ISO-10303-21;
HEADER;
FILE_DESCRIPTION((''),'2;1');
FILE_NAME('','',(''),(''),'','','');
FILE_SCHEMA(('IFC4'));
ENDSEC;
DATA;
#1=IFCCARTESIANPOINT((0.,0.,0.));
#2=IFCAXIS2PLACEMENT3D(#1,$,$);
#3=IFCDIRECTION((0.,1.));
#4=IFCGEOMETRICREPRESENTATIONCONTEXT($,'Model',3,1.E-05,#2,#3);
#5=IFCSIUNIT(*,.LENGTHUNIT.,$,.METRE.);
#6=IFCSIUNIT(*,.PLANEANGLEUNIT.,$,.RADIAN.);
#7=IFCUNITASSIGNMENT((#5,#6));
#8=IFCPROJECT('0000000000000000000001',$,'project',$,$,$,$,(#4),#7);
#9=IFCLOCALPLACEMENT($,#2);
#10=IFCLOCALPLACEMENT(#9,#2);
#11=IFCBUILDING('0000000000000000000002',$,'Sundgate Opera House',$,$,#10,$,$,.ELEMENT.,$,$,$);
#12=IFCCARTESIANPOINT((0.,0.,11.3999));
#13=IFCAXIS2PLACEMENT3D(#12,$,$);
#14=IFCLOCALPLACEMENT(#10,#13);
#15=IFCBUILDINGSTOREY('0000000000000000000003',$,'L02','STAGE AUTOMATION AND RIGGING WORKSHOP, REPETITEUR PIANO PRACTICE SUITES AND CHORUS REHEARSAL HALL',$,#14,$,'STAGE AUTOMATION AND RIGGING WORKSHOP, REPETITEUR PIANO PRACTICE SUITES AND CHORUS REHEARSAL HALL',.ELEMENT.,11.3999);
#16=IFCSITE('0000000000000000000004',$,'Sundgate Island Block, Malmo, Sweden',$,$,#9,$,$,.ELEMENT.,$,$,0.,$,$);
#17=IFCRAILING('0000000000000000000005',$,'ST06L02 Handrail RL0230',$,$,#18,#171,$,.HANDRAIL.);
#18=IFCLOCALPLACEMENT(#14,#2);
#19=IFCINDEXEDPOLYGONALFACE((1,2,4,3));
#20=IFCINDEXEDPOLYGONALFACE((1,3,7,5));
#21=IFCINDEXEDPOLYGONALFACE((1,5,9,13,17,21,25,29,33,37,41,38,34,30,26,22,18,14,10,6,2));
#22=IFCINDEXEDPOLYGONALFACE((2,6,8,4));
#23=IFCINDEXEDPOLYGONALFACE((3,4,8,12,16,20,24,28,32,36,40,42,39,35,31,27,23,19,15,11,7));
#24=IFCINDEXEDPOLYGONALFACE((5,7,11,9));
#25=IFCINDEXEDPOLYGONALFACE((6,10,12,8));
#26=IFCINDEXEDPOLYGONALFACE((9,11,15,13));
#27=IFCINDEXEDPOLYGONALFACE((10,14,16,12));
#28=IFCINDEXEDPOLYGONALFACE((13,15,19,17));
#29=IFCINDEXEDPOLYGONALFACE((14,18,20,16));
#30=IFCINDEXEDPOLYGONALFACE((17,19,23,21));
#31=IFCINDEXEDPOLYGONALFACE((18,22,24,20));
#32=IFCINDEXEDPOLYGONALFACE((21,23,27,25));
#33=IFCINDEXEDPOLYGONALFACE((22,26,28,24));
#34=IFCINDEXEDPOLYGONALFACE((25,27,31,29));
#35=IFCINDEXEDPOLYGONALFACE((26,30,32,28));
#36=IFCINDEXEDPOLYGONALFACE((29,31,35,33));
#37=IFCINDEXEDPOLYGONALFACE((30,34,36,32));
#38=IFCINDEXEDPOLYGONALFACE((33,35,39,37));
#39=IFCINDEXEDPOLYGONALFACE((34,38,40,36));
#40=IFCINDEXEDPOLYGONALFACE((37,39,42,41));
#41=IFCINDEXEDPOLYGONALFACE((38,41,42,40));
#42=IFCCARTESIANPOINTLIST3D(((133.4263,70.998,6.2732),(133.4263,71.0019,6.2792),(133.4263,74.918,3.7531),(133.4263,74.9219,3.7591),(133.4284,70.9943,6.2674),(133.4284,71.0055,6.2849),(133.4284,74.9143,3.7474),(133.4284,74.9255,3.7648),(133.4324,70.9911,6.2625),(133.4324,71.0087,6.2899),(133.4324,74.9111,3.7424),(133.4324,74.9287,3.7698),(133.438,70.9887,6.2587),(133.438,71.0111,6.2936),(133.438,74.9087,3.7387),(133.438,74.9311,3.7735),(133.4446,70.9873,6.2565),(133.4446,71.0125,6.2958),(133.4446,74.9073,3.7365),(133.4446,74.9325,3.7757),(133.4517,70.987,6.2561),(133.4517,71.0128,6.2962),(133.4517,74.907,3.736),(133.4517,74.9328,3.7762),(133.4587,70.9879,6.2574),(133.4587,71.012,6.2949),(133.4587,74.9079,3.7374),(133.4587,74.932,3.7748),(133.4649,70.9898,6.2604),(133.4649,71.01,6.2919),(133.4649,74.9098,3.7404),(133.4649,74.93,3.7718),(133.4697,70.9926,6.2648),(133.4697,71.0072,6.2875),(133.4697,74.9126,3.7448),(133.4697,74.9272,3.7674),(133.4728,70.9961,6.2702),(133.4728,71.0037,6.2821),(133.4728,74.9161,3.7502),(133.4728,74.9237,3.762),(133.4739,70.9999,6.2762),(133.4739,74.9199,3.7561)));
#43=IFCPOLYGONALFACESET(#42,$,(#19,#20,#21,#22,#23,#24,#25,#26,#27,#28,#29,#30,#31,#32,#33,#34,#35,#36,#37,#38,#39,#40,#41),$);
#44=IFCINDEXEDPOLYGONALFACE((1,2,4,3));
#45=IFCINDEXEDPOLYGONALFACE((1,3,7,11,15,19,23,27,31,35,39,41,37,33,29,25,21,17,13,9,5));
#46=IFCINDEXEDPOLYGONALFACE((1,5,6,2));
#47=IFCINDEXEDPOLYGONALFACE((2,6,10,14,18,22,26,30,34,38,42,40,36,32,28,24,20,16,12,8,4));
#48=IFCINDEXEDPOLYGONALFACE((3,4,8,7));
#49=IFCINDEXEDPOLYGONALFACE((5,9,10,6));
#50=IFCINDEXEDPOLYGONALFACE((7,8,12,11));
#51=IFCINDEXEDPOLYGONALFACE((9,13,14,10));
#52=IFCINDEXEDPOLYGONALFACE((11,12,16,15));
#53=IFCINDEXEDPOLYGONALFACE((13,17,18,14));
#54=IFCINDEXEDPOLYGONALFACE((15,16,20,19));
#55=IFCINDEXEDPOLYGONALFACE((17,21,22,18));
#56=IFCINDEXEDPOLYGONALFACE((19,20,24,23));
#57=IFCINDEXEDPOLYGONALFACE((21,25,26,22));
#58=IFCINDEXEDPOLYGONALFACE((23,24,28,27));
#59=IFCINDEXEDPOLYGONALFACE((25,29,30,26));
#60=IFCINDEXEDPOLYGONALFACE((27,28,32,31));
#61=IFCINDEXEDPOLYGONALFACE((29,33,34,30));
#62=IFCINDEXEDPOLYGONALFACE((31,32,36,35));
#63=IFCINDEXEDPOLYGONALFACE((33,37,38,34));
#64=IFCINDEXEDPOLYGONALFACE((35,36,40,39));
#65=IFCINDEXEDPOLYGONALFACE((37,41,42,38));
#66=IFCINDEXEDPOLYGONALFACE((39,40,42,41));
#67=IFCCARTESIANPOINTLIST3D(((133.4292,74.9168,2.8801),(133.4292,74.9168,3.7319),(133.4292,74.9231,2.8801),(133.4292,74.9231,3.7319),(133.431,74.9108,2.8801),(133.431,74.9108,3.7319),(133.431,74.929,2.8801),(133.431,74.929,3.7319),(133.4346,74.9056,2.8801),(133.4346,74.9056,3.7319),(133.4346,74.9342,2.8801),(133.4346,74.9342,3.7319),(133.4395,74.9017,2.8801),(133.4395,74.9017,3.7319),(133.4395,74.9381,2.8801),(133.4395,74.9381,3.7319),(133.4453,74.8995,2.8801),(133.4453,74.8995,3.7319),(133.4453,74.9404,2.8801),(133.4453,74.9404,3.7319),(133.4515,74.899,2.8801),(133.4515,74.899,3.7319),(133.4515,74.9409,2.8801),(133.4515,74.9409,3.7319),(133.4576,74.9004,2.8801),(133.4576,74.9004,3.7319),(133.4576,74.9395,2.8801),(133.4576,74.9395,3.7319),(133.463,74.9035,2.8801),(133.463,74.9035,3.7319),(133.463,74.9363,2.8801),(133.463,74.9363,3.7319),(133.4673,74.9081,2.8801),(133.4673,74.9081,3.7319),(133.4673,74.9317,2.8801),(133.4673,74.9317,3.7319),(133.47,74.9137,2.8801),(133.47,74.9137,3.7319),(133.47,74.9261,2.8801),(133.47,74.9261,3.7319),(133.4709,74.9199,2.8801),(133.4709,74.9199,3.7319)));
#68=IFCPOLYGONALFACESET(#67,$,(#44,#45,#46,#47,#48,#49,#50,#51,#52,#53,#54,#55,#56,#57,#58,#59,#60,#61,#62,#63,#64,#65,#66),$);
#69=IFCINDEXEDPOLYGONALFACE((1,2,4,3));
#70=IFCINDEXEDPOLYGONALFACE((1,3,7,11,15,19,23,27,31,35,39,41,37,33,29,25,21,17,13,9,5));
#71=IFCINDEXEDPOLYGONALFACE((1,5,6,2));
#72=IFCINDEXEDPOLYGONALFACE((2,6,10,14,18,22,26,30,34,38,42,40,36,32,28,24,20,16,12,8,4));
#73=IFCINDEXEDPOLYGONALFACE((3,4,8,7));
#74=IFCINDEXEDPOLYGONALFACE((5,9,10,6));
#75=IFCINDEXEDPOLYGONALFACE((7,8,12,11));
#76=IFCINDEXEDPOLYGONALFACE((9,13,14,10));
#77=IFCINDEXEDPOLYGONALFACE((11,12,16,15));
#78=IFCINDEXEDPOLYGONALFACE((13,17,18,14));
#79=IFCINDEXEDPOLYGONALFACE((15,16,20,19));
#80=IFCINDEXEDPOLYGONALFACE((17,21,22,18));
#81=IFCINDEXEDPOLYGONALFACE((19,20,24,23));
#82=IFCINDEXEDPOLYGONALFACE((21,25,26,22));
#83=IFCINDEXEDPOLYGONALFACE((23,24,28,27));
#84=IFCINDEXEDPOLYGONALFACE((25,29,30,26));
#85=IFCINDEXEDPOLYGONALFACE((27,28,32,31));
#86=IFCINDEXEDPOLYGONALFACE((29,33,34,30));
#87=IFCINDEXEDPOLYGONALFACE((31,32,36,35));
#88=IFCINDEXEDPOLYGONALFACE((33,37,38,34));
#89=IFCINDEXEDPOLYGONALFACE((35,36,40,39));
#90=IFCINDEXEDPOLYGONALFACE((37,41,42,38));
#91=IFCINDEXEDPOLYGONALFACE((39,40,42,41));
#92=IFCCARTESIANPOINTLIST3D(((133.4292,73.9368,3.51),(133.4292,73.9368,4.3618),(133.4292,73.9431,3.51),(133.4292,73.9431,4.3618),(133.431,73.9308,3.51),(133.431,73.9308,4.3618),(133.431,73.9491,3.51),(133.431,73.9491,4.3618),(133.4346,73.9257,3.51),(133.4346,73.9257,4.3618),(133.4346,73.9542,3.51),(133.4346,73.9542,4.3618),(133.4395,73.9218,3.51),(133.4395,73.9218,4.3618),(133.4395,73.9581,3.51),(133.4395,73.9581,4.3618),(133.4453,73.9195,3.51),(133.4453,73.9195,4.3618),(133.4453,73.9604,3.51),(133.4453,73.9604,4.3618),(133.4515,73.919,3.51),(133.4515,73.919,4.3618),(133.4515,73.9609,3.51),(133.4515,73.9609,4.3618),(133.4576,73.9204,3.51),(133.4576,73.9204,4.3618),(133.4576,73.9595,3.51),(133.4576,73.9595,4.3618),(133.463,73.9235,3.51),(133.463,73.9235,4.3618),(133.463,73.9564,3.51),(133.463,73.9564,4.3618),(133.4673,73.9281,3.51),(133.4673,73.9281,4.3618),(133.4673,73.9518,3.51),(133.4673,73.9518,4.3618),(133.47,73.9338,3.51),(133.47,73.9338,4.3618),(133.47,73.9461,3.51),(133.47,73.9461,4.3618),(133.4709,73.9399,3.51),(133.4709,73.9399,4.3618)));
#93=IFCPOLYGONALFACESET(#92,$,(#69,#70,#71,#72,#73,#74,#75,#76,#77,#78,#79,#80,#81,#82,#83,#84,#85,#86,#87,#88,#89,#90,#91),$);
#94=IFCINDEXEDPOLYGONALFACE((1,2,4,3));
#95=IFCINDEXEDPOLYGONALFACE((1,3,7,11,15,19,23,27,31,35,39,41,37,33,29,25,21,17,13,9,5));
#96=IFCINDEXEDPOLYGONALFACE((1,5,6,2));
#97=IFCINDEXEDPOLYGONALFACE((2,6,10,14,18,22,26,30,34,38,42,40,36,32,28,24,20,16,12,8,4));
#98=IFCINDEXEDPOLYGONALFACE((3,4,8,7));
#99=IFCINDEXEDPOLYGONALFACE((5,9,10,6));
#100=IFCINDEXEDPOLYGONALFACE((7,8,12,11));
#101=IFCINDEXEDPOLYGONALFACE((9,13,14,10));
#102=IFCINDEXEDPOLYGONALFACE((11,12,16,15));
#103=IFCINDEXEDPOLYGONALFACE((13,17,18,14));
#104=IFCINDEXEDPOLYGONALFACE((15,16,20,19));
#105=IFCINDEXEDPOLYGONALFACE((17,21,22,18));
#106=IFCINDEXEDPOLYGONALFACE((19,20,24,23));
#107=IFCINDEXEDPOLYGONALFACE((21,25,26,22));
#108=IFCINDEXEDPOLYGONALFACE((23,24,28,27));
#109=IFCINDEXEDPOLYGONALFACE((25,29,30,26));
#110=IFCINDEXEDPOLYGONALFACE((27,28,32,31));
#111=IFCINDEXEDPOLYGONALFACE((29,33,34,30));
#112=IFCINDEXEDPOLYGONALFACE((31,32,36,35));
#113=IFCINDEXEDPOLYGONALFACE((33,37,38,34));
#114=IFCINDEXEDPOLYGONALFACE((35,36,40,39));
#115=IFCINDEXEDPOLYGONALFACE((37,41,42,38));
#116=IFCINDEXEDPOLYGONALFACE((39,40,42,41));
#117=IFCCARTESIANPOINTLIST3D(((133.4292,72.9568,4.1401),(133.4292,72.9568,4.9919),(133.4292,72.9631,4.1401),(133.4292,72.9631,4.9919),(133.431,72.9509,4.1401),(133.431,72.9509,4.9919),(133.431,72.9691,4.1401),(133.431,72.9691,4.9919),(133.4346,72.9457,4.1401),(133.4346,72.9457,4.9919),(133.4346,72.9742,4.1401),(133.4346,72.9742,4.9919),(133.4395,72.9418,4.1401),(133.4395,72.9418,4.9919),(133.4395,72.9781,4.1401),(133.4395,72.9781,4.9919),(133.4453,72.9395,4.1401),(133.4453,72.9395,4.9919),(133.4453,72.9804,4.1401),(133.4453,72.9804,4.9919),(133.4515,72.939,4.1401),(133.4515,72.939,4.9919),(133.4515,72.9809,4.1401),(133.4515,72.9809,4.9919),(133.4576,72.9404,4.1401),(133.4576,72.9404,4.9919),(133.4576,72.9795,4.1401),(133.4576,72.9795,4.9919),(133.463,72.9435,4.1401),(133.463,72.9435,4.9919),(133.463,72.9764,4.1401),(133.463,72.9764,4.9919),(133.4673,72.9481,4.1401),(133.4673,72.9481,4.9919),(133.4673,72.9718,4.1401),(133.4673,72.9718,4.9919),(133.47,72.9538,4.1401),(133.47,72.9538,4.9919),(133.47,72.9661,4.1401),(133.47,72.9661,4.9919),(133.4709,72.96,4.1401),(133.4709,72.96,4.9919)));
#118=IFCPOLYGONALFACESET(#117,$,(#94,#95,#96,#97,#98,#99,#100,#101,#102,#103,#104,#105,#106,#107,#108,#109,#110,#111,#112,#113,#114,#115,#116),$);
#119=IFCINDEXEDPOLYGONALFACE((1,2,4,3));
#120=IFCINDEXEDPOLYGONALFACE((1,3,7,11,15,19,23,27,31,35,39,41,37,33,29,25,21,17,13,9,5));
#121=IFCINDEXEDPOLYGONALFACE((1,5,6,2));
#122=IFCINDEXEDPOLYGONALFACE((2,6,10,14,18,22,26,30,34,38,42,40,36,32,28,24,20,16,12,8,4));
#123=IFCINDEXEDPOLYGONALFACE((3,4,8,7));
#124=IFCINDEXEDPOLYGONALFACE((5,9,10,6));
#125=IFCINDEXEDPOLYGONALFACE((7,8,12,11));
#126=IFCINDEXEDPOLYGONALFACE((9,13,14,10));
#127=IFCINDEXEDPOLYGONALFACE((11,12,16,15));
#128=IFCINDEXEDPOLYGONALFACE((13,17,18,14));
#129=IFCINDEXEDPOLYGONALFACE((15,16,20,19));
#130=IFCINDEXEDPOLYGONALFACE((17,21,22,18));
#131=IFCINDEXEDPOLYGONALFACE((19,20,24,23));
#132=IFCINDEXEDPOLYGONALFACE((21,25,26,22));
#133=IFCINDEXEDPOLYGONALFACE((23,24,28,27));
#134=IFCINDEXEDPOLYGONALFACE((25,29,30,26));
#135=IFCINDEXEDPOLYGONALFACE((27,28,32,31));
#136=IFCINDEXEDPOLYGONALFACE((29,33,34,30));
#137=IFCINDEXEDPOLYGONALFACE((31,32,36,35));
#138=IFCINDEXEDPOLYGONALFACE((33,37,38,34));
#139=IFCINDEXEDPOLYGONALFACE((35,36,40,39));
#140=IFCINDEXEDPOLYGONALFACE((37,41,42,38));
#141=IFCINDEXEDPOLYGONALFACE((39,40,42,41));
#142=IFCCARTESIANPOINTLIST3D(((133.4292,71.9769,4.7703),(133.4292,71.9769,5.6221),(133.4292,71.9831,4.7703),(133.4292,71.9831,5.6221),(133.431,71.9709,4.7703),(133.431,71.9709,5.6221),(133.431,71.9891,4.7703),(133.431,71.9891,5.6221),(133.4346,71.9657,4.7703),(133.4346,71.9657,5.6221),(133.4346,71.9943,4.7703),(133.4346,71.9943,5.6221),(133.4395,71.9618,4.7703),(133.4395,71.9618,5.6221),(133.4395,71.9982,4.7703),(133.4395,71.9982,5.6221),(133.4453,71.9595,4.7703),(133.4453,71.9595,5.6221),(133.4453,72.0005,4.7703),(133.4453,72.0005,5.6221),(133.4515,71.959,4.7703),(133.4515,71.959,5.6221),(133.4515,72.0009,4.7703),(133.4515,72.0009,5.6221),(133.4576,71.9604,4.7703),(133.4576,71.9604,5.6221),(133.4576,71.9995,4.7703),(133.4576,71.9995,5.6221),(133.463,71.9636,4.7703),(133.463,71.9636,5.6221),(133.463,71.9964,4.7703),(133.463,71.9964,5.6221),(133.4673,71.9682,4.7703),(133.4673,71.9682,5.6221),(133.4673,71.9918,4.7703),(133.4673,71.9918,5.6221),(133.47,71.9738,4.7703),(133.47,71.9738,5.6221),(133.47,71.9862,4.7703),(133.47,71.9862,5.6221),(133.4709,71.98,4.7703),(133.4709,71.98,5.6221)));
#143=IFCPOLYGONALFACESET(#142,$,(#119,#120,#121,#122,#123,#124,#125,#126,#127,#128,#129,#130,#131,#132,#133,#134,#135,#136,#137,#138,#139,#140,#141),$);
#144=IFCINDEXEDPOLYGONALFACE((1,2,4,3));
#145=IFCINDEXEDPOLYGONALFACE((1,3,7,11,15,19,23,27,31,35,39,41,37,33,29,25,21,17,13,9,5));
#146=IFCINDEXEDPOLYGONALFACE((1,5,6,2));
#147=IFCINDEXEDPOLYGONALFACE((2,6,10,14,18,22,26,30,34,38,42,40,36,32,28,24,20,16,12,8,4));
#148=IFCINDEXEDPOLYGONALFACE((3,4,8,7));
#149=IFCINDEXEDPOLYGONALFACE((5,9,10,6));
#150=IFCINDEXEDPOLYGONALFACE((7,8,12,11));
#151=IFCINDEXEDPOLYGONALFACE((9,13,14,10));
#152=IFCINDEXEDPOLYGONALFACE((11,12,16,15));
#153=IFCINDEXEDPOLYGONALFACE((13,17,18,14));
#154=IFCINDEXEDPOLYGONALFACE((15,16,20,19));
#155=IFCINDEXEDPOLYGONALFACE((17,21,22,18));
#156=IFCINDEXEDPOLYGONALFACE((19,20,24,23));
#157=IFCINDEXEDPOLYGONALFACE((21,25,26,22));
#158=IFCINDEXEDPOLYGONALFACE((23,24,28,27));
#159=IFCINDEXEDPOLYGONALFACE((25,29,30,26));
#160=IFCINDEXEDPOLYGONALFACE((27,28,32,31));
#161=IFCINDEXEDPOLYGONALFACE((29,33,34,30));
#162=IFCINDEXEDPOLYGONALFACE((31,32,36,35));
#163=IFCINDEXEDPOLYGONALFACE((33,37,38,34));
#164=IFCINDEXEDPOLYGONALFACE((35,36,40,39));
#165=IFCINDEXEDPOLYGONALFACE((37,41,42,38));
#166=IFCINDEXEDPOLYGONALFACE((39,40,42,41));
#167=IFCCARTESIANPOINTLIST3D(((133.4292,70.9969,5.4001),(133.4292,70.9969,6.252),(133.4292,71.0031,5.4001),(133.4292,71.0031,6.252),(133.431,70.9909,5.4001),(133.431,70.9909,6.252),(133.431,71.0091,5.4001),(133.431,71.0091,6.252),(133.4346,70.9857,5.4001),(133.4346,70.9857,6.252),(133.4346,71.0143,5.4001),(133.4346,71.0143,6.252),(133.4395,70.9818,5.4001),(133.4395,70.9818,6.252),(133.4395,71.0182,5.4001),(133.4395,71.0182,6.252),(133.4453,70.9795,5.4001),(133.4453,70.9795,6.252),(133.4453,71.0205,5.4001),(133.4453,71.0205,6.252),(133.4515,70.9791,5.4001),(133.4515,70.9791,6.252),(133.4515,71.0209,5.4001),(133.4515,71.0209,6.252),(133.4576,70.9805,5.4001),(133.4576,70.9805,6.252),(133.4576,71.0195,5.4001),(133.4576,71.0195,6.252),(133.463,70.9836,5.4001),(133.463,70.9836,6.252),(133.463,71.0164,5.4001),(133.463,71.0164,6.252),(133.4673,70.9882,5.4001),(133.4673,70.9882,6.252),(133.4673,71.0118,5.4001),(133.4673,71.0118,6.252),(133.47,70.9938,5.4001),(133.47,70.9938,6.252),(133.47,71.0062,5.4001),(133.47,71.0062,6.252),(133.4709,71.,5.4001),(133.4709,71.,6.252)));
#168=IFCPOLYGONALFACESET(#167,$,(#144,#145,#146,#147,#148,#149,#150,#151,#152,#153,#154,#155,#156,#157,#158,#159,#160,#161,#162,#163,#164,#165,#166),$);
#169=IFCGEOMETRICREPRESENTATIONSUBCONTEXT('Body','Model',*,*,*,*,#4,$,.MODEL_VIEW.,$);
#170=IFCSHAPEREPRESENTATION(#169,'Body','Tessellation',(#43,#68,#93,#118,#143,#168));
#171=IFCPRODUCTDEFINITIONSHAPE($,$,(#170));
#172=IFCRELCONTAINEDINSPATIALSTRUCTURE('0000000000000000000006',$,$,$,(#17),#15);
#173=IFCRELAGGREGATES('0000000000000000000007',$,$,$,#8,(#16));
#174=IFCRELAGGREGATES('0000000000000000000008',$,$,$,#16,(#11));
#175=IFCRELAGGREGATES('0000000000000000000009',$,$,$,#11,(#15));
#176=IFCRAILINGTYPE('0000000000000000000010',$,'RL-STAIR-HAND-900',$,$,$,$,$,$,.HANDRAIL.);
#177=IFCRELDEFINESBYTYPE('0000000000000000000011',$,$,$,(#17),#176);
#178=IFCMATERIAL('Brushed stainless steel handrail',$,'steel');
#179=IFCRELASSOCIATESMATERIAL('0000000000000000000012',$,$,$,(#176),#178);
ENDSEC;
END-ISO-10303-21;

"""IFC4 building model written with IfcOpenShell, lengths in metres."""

from ifc_helpers import new_model, si_unit, direction, frame, origin, origin_2d, place, context, subcontext, project, spatial, circle, extrude, material, type_object, element, save


model = new_model("IFC4")

# Units and contexts
model_context = context("Model", 3, precision=1e-05, world=origin(), true_north=direction((0.0, 1.0)))
body_context = subcontext(model_context, "Body", "Model", "MODEL_VIEW")
ifc_project = project(units=[si_unit("LENGTHUNIT", "METRE"), si_unit("PLANEANGLEUNIT", "RADIAN")], contexts=[model_context])

# Site, building, storey
site_placement = place(None, origin())
site = spatial("IfcSite", under=ifc_project, at=site_placement, Name="Sundgate Island Block, Malmo, Sweden", CompositionType="ELEMENT", RefElevation=0.0)
building_placement = place(site_placement, origin())
building = spatial("IfcBuilding", under=site, at=building_placement, Name="Sundgate Opera House", CompositionType="ELEMENT")
storey_placement = place(building_placement, frame((0.0, 0.0, 11.3999)))
storey = spatial("IfcBuildingStorey", under=building, at=storey_placement, Name="L02", Description="STAGE AUTOMATION AND RIGGING WORKSHOP, REPETITEUR PIANO PRACTICE SUITES AND CHORUS REHEARSAL HALL", LongName="STAGE AUTOMATION AND RIGGING WORKSHOP, REPETITEUR PIANO PRACTICE SUITES AND CHORUS REHEARSAL HALL", CompositionType="ELEMENT", Elevation=11.3999)

# Railing
ifc_material_1 = material(Name="Brushed stainless steel handrail", Category="steel")
railing_type_1 = type_object("IfcRailingType", Name="RL-STAIR-HAND-900", PredefinedType="HANDRAIL", material=ifc_material_1)
railing_1_placement = place(storey_placement, frame((133.45, 74.9199, 2.8801)))
element("IfcRailing", 1, at=railing_1_placement, inside=storey, type_object=railing_type_1, Name="ST06L02 Handrail RL0230", PredefinedType="HANDRAIL", context=body_context, shape_type="SweptSolid", body=[
    extrude(circle(Radius=0.0239, at=origin_2d()), frame((0.0, 0.0, 0.876), z_axis=(0.0, -0.841172, 0.540768), x_axis=(1.0, 0.0, 0.0)), (0.0, 0.0, 1.0), 4.6602),
    extrude(circle(Radius=0.021, at=origin_2d()), origin(), (0.0, 0.0, 1.0), 0.8518),
    extrude(circle(Radius=0.021, at=origin_2d()), frame((0.0, -0.98, 0.6299)), (0.0, 0.0, 1.0), 0.8518),
    extrude(circle(Radius=0.021, at=origin_2d()), frame((0.0, -1.96, 1.26)), (0.0, 0.0, 1.0), 0.8518),
    extrude(circle(Radius=0.021, at=origin_2d()), frame((0.0, -2.9399, 1.8901)), (0.0, 0.0, 1.0), 0.8518),
    extrude(circle(Radius=0.021, at=origin_2d()), frame((0.0, -3.9199, 2.52)), (0.0, 0.0, 1.0), 0.8518),
])

save(model, "model.ifc")
